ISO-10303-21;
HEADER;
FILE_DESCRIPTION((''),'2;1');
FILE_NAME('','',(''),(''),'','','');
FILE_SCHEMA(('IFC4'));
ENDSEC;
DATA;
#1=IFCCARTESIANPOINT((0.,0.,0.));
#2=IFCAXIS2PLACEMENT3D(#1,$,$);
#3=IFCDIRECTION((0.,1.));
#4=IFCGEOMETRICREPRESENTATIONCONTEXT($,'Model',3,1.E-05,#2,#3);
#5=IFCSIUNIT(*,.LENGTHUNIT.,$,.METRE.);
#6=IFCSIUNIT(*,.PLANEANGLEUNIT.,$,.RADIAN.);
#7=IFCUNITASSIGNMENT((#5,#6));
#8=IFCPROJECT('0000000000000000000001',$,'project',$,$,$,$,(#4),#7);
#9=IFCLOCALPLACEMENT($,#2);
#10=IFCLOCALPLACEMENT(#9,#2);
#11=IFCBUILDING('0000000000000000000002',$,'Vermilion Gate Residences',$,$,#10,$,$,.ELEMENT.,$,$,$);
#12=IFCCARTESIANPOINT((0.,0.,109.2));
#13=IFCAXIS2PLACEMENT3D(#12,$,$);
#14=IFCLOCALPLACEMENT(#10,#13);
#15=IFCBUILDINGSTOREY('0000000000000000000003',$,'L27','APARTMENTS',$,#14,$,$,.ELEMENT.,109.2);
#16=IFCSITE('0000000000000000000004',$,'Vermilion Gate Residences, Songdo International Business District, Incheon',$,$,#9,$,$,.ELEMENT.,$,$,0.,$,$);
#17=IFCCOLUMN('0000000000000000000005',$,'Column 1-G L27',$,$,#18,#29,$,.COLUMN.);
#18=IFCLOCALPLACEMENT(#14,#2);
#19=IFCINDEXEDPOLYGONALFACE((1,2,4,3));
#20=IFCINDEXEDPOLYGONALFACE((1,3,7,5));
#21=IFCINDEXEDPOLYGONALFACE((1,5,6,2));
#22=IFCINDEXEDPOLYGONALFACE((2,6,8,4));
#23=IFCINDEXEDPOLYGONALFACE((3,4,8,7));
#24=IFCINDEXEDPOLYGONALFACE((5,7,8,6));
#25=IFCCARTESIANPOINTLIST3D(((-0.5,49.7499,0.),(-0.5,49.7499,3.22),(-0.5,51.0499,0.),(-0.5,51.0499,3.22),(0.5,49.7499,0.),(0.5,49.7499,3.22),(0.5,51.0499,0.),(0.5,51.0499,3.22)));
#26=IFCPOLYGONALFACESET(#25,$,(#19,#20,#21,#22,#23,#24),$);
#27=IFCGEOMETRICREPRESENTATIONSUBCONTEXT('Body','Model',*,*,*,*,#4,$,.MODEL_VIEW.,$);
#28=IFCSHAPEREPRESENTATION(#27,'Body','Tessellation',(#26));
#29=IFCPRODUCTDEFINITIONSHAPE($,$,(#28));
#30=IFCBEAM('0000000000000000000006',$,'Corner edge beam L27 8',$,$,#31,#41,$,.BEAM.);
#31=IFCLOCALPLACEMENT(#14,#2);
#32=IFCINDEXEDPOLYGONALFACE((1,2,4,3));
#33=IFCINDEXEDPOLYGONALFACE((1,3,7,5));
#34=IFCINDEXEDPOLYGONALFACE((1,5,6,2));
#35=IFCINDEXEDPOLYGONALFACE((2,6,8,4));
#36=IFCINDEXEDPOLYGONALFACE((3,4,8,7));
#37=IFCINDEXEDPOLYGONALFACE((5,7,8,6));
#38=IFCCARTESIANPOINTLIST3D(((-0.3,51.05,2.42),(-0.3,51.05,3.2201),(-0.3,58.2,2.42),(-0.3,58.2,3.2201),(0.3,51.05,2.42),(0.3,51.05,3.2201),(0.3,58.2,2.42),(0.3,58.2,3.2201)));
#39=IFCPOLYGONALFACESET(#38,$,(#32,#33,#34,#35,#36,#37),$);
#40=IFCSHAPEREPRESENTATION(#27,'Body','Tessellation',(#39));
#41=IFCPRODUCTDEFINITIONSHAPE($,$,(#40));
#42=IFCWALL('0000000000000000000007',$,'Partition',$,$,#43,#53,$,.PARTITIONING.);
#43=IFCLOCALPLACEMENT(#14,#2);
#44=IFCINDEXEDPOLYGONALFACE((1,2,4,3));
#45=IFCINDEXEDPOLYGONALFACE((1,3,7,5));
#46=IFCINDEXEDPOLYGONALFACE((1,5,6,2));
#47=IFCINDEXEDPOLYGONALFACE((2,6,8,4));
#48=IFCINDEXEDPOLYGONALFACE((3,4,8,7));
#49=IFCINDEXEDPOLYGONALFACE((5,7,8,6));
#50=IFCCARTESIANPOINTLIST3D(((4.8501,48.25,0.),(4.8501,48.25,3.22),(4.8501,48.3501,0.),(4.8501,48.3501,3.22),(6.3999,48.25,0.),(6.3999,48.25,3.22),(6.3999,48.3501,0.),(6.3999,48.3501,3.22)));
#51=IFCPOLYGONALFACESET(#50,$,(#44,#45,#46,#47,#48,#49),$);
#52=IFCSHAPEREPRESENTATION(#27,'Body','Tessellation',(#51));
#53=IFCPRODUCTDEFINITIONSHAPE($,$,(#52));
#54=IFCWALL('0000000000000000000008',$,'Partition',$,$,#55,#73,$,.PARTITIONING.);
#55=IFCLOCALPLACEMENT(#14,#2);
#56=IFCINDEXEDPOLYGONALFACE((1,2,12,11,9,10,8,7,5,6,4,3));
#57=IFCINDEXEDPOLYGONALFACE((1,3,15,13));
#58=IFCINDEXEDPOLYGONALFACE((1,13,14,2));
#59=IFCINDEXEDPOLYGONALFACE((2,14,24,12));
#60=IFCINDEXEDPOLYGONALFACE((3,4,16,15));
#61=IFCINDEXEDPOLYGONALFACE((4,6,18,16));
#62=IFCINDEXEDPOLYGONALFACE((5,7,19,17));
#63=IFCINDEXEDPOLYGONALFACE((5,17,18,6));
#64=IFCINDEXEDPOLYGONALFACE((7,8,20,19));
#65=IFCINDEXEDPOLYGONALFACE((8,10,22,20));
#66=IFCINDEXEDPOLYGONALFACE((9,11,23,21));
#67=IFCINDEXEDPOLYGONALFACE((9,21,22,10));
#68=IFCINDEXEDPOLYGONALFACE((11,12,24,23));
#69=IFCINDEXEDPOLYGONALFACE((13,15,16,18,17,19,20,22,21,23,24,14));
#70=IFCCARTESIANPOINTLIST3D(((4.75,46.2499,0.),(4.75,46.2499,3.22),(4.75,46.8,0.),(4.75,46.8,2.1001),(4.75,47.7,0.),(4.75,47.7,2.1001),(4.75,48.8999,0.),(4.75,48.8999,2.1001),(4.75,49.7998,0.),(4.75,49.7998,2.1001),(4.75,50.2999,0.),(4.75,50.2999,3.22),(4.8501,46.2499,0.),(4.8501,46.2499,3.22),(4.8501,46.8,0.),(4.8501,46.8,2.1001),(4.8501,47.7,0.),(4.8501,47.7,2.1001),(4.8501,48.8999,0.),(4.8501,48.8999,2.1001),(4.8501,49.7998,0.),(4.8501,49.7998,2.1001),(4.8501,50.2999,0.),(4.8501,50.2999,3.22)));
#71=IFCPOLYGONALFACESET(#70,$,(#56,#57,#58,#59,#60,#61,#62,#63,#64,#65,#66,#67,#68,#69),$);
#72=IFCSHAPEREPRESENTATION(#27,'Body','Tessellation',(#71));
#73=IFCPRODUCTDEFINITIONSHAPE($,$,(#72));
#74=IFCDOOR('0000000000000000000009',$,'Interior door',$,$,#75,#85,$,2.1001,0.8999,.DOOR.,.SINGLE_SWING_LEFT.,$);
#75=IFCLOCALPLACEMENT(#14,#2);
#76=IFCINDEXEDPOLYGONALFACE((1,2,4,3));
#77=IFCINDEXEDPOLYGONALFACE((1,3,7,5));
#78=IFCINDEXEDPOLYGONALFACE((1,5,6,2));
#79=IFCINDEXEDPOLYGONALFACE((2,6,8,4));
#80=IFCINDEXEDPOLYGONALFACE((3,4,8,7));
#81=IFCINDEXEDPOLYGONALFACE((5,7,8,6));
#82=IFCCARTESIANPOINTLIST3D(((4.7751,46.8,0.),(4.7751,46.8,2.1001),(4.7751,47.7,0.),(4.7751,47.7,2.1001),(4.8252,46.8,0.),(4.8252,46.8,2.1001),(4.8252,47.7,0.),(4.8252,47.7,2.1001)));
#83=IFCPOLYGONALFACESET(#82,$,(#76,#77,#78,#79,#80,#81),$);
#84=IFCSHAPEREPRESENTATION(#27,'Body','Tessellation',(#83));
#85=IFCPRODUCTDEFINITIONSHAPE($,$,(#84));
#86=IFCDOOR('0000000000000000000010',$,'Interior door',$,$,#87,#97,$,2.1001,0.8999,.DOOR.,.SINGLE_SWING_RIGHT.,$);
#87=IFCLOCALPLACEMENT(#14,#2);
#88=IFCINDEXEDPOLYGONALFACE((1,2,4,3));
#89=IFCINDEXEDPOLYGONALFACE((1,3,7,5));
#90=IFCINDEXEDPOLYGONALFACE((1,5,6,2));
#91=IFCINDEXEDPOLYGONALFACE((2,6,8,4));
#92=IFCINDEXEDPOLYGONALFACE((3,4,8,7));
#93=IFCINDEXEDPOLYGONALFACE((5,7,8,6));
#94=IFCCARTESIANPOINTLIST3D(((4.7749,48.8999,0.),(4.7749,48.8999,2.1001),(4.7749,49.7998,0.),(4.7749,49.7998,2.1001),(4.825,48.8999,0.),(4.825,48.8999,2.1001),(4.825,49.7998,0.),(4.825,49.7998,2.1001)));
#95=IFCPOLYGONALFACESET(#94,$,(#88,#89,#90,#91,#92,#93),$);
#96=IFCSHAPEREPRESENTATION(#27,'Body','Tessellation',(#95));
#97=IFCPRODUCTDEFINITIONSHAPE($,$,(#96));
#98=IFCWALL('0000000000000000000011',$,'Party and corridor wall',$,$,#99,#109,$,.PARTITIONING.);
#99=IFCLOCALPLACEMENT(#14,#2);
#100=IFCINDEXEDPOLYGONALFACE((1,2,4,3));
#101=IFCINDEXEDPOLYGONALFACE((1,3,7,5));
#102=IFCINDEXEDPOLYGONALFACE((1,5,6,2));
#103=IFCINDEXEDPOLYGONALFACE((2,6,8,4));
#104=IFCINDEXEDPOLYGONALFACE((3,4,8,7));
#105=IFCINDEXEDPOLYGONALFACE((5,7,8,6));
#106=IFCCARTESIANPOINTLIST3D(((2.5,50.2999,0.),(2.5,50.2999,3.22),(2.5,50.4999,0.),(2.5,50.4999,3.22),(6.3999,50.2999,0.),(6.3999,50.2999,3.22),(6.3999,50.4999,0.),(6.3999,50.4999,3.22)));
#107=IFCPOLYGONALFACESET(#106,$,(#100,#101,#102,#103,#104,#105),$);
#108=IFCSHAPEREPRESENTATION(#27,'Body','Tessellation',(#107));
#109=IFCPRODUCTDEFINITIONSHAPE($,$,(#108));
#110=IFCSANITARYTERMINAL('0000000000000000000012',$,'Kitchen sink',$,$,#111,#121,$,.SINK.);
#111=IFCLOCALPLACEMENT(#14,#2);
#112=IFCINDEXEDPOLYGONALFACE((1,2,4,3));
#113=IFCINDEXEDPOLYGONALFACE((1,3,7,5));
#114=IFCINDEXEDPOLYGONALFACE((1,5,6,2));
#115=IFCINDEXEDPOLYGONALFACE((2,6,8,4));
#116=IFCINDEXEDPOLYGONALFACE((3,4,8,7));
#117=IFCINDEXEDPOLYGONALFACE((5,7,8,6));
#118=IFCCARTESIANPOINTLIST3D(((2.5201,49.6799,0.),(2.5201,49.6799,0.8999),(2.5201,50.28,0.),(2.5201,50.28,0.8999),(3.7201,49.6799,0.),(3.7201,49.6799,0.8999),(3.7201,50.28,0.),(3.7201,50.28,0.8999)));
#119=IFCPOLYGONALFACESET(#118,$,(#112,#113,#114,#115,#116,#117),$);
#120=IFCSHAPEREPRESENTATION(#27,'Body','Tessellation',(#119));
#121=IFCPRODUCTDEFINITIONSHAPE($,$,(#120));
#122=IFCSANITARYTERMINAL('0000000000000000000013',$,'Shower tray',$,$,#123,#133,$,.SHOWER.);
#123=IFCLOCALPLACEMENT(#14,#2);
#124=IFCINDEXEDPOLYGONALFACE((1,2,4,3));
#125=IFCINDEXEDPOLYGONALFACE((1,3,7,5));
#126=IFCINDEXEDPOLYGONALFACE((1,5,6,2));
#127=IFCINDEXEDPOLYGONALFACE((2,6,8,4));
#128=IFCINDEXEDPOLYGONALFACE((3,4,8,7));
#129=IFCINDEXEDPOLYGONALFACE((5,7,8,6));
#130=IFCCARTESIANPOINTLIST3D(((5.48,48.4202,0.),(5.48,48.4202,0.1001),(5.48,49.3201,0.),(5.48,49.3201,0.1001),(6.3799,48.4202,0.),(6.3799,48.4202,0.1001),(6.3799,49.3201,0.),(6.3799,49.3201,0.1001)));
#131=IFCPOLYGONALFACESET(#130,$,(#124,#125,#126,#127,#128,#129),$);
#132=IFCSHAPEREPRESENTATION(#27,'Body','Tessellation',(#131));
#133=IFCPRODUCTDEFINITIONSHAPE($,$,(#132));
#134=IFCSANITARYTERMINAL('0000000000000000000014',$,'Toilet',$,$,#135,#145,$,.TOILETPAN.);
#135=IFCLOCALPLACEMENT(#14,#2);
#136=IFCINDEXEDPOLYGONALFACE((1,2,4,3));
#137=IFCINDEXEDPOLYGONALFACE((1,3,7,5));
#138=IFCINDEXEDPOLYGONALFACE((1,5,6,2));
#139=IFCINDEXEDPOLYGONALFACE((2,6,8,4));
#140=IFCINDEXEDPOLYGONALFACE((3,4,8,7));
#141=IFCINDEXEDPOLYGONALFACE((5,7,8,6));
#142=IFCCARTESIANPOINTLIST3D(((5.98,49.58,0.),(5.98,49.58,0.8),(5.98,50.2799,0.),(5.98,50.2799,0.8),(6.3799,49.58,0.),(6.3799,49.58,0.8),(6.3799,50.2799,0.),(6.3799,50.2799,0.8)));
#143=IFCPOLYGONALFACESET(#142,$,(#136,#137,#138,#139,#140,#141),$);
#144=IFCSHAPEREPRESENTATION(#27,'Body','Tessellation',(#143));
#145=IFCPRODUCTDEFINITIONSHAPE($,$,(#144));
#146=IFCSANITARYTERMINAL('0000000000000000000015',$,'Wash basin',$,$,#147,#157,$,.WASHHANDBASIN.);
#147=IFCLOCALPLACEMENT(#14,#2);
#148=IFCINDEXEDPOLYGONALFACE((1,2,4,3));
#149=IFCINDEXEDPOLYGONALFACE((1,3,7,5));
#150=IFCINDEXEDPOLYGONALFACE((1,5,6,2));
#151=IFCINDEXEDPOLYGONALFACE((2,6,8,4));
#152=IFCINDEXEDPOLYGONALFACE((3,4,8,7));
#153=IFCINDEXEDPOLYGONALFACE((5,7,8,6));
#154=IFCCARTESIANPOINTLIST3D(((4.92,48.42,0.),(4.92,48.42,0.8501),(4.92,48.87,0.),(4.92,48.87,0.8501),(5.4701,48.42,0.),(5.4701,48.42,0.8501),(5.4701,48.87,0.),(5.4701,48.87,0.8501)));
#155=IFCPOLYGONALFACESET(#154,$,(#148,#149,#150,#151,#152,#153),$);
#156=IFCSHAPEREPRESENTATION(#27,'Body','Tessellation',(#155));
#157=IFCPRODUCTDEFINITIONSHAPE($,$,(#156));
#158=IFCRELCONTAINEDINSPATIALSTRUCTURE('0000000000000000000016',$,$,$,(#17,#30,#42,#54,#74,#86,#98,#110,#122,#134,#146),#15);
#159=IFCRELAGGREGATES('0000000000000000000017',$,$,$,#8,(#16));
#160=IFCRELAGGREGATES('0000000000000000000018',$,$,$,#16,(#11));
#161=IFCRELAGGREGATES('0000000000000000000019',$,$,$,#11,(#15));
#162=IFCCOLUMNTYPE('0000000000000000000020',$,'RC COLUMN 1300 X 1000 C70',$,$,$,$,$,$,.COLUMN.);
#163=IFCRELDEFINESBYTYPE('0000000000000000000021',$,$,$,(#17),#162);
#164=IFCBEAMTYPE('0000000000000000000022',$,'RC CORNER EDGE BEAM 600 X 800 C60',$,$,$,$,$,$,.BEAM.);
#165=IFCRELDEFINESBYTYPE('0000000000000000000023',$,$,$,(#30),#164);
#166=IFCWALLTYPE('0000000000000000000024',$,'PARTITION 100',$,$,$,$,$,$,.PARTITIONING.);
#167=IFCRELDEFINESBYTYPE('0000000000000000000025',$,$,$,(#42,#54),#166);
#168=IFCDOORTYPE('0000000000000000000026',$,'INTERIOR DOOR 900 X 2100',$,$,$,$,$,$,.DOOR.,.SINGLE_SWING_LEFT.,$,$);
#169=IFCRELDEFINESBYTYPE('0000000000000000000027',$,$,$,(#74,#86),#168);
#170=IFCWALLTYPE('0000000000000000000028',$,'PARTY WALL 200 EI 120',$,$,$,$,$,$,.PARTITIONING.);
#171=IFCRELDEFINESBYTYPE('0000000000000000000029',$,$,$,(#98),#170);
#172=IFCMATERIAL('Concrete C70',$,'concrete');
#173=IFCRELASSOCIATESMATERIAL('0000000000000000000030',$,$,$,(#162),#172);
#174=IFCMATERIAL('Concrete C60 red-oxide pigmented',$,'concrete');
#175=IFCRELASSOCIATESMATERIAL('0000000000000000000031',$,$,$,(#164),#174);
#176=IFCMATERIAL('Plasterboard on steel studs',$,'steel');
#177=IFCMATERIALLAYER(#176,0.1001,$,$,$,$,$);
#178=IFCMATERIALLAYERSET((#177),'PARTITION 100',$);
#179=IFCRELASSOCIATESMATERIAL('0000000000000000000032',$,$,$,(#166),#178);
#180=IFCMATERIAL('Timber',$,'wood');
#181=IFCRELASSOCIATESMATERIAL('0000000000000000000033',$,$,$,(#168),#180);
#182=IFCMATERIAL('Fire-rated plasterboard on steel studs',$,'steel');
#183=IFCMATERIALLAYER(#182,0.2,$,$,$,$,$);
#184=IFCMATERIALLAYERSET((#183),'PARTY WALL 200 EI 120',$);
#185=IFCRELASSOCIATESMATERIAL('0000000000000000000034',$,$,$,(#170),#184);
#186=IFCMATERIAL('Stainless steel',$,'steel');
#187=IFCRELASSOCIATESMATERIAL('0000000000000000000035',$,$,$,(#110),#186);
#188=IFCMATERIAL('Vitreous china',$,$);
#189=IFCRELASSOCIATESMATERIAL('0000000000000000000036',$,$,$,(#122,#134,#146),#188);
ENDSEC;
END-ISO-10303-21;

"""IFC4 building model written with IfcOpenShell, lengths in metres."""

from ifc_helpers import new_model, si_unit, direction, frame, frame_2d, origin, origin_2d, place, context, subcontext, project, spatial, rectangle, extrude, material, layer, layer_set, material_profile, profile_set, type_object, element, fill, save


model = new_model("IFC4")

# Units and contexts
model_context = context("Model", 3, precision=1e-05, world=origin(), true_north=direction((0.0, 1.0)))
body_context = subcontext(model_context, "Body", "Model", "MODEL_VIEW")
ifc_project = project(units=[si_unit("LENGTHUNIT", "METRE"), si_unit("PLANEANGLEUNIT", "RADIAN")], contexts=[model_context])

# Site, building, storey
site_placement = place(None, origin())
site = spatial("IfcSite", under=ifc_project, at=site_placement, Name="Vermilion Gate Residences, Songdo International Business District, Incheon", CompositionType="ELEMENT", RefElevation=0.0)
building_placement = place(site_placement, origin())
building = spatial("IfcBuilding", under=site, at=building_placement, Name="Vermilion Gate Residences", CompositionType="ELEMENT")
storey_placement = place(building_placement, frame((0.0, 0.0, 109.2)))
storey = spatial("IfcBuildingStorey", under=building, at=storey_placement, Name="L27", Description="APARTMENTS", CompositionType="ELEMENT", Elevation=109.2)

# Column
ifc_material_1 = material(Name="Concrete C70", Category="concrete")
ifc_material_profile_1 = material_profile(ifc_material_1, rectangle(XDim=1.3, YDim=1.0, at=origin_2d()), Name="RC-1300x1000")
ifc_profile_set_1 = profile_set([ifc_material_profile_1], Name="Concrete C70")
column_type = type_object("IfcColumnType", Name="RC COLUMN 1300 X 1000 C70", PredefinedType="COLUMN", material=ifc_profile_set_1)
column_placement = place(storey_placement, frame((0.0, 50.3999, 0.0), z_axis=(0.0, 0.0, 1.0), x_axis=(0.0, 1.0, 0.0)))
element("IfcColumn", 1, at=column_placement, inside=storey, type_object=column_type, Name="Column 1-G L27", PredefinedType="COLUMN", context=body_context, shape_type="SweptSolid", body=[
    extrude(rectangle(XDim=1.3, YDim=1.0, at=origin_2d()), origin(), (0.0, 0.0, 1.0), 3.22),
])

# Beam
ifc_material_2 = material(Name="Concrete C60 red-oxide pigmented", Category="concrete")
ifc_material_profile_2 = material_profile(ifc_material_2, rectangle(XDim=0.6001, YDim=0.8, at=origin_2d()), Name="RC-600x800")
ifc_profile_set_2 = profile_set([ifc_material_profile_2], Name="Concrete C60 red-oxide pigmented")
beam_type = type_object("IfcBeamType", Name="RC CORNER EDGE BEAM 600 X 800 C60", PredefinedType="BEAM", material=ifc_profile_set_2)
beam_placement = place(storey_placement, frame((0.0, 51.05, 2.8201), z_axis=(0.0, 1.0, 0.0), x_axis=(-1.0, 0.0, 0.0)))
element("IfcBeam", 2, at=beam_placement, inside=storey, type_object=beam_type, Name="Corner edge beam L27 8", PredefinedType="BEAM", context=body_context, shape_type="SweptSolid", body=[
    extrude(rectangle(XDim=0.6001, YDim=0.8, at=origin_2d()), origin(), (0.0, 0.0, 1.0), 7.1499),
])

# Wall
ifc_material_3 = material(Name="Plasterboard on steel studs", Category="steel")
ifc_layer_1 = layer(ifc_material_3, 0.1001)
ifc_layer_set_1 = layer_set([ifc_layer_1], Name="PARTITION 100")
wall_type_1 = type_object("IfcWallType", Name="PARTITION 100", PredefinedType="PARTITIONING", material=ifc_layer_set_1)
wall_1_placement = place(storey_placement, frame((4.8501, 48.3, 0.0), z_axis=(0.0, 0.0, 1.0), x_axis=(1.0, 0.0, 0.0)))
element("IfcWall", 3, at=wall_1_placement, inside=storey, type_object=wall_type_1, Name="Partition", PredefinedType="PARTITIONING", context=body_context, shape_type="SweptSolid", body=[
    extrude(rectangle(XDim=1.5498, YDim=0.1001, at=frame_2d((0.7749, 0.0))), origin(), (0.0, 0.0, 1.0), 3.22),
])

# Wall, openings, doors
wall_2_placement = place(storey_placement, frame((4.8, 46.25, 0.0), z_axis=(0.0, 0.0, 1.0), x_axis=(0.0, 1.0, 0.0)))
wall_2 = element("IfcWall", 4, at=wall_2_placement, inside=storey, type_object=wall_type_1, Name="Partition", PredefinedType="PARTITIONING", context=body_context, shape_type="SweptSolid", body=[
    extrude(rectangle(XDim=4.05, YDim=0.1001, at=frame_2d((2.0249, 0.0))), origin(), (0.0, 0.0, 1.0), 3.22),
])
opening_1_placement = place(wall_2_placement, frame((0.55, 0.0, 0.0)))
opening_1 = element("IfcOpeningElement", 5, at=opening_1_placement, cuts=wall_2, PredefinedType="OPENING", context=body_context, shape_type="SweptSolid", body=[
    extrude(rectangle(XDim=0.8999, YDim=2.1001, at=frame_2d((0.45, 1.05))), frame((0.0, 0.0601, 0.0), z_axis=(0.0, -1.0, 0.0), x_axis=(1.0, 0.0, 0.0)), (0.0, 0.0, 1.0), 0.1201),
])
opening_2_placement = place(wall_2_placement, frame((2.6499, 0.0, 0.0)))
opening_2 = element("IfcOpeningElement", 6, at=opening_2_placement, cuts=wall_2, PredefinedType="OPENING", context=body_context, shape_type="SweptSolid", body=[
    extrude(rectangle(XDim=0.8999, YDim=2.1001, at=frame_2d((0.45, 1.05))), frame((0.0, 0.0601, 0.0), z_axis=(0.0, -1.0, 0.0), x_axis=(1.0, 0.0, 0.0)), (0.0, 0.0, 1.0), 0.1201),
])
ifc_material_4 = material(Name="Timber", Category="wood")
door_type = type_object("IfcDoorType", Name="INTERIOR DOOR 900 X 2100", OperationType="SINGLE_SWING_LEFT", PredefinedType="DOOR", material=ifc_material_4)
door_1_placement = place(opening_1_placement, origin())
door_1 = element("IfcDoor", 7, at=door_1_placement, inside=storey, type_object=door_type, Name="Interior door", OperationType="SINGLE_SWING_LEFT", OverallHeight=2.1001, OverallWidth=0.8999, PredefinedType="DOOR", context=body_context, shape_type="SweptSolid", body=[
    extrude(rectangle(XDim=0.8999, YDim=2.1001, at=frame_2d((0.45, 1.05))), frame((0.0, 0.0249, 0.0), z_axis=(0.0, -1.0, 0.0), x_axis=(1.0, 0.0, 0.0)), (0.0, 0.0, 1.0), 0.05),
])
fill(opening_1, door_1)
door_2_placement = place(opening_2_placement, frame((0.8999, 0.0, 0.0), z_axis=(0.0, 0.0, 1.0), x_axis=(-1.0, 0.0, 0.0)))
door_2 = element("IfcDoor", 8, at=door_2_placement, inside=storey, type_object=door_type, Name="Interior door", OperationType="SINGLE_SWING_RIGHT", OverallHeight=2.1001, OverallWidth=0.8999, PredefinedType="DOOR", context=body_context, shape_type="SweptSolid", body=[
    extrude(rectangle(XDim=0.8999, YDim=2.1001, at=frame_2d((0.45, 1.05))), frame((0.0, 0.0249, 0.0), z_axis=(0.0, -1.0, 0.0), x_axis=(1.0, 0.0, 0.0)), (0.0, 0.0, 1.0), 0.05),
])
fill(opening_2, door_2)

# Wall
ifc_material_5 = material(Name="Fire-rated plasterboard on steel studs", Category="steel")
ifc_layer_2 = layer(ifc_material_5, 0.2)
ifc_layer_set_2 = layer_set([ifc_layer_2], Name="PARTY WALL 200 EI 120")
wall_type_2 = type_object("IfcWallType", Name="PARTY WALL 200 EI 120", PredefinedType="PARTITIONING", material=ifc_layer_set_2)
wall_3_placement = place(storey_placement, frame((2.5, 50.3999, 0.0), z_axis=(0.0, 0.0, 1.0), x_axis=(1.0, 0.0, 0.0)))
element("IfcWall", 9, at=wall_3_placement, inside=storey, type_object=wall_type_2, Name="Party and corridor wall", PredefinedType="PARTITIONING", context=body_context, shape_type="SweptSolid", body=[
    extrude(rectangle(XDim=3.8999, YDim=0.2, at=frame_2d((1.95, 0.0))), origin(), (0.0, 0.0, 1.0), 3.22),
])

# Sanitary terminals
ifc_material_6 = material(Name="Stainless steel", Category="steel")
sanitary_terminal_1_placement = place(storey_placement, frame((3.1201, 49.98, 0.0), z_axis=(0.0, 0.0, 1.0), x_axis=(1.0, 0.0, 0.0)))
element("IfcSanitaryTerminal", 10, at=sanitary_terminal_1_placement, inside=storey, material=ifc_material_6, Name="Kitchen sink", PredefinedType="SINK", context=body_context, shape_type="SweptSolid", body=[
    extrude(rectangle(XDim=1.2, YDim=0.6001, at=origin_2d()), origin(), (0.0, 0.0, 1.0), 0.8999),
])
ifc_material_7 = material(Name="Vitreous china")
sanitary_terminal_2_placement = place(storey_placement, frame((5.9299, 48.8701, 0.0), z_axis=(0.0, 0.0, 1.0), x_axis=(1.0, 0.0, 0.0)))
element("IfcSanitaryTerminal", 11, at=sanitary_terminal_2_placement, inside=storey, material=ifc_material_7, Name="Shower tray", PredefinedType="SHOWER", context=body_context, shape_type="SweptSolid", body=[
    extrude(rectangle(XDim=0.8999, YDim=0.8999, at=origin_2d()), origin(), (0.0, 0.0, 1.0), 0.1001),
])
sanitary_terminal_3_placement = place(storey_placement, frame((6.1799, 49.9299, 0.0), z_axis=(0.0, 0.0, 1.0), x_axis=(1.0, 0.0, 0.0)))
element("IfcSanitaryTerminal", 12, at=sanitary_terminal_3_placement, inside=storey, material=ifc_material_7, Name="Toilet", PredefinedType="TOILETPAN", context=body_context, shape_type="SweptSolid", body=[
    extrude(rectangle(XDim=0.3999, YDim=0.7, at=origin_2d()), origin(), (0.0, 0.0, 1.0), 0.8),
])
sanitary_terminal_4_placement = place(storey_placement, frame((5.1951, 48.645, 0.0), z_axis=(0.0, 0.0, 1.0), x_axis=(1.0, 0.0, 0.0)))
element("IfcSanitaryTerminal", 13, at=sanitary_terminal_4_placement, inside=storey, material=ifc_material_7, Name="Wash basin", PredefinedType="WASHHANDBASIN", context=body_context, shape_type="SweptSolid", body=[
    extrude(rectangle(XDim=0.55, YDim=0.45, at=origin_2d()), origin(), (0.0, 0.0, 1.0), 0.8501),
])

save(model, "model.ifc")
